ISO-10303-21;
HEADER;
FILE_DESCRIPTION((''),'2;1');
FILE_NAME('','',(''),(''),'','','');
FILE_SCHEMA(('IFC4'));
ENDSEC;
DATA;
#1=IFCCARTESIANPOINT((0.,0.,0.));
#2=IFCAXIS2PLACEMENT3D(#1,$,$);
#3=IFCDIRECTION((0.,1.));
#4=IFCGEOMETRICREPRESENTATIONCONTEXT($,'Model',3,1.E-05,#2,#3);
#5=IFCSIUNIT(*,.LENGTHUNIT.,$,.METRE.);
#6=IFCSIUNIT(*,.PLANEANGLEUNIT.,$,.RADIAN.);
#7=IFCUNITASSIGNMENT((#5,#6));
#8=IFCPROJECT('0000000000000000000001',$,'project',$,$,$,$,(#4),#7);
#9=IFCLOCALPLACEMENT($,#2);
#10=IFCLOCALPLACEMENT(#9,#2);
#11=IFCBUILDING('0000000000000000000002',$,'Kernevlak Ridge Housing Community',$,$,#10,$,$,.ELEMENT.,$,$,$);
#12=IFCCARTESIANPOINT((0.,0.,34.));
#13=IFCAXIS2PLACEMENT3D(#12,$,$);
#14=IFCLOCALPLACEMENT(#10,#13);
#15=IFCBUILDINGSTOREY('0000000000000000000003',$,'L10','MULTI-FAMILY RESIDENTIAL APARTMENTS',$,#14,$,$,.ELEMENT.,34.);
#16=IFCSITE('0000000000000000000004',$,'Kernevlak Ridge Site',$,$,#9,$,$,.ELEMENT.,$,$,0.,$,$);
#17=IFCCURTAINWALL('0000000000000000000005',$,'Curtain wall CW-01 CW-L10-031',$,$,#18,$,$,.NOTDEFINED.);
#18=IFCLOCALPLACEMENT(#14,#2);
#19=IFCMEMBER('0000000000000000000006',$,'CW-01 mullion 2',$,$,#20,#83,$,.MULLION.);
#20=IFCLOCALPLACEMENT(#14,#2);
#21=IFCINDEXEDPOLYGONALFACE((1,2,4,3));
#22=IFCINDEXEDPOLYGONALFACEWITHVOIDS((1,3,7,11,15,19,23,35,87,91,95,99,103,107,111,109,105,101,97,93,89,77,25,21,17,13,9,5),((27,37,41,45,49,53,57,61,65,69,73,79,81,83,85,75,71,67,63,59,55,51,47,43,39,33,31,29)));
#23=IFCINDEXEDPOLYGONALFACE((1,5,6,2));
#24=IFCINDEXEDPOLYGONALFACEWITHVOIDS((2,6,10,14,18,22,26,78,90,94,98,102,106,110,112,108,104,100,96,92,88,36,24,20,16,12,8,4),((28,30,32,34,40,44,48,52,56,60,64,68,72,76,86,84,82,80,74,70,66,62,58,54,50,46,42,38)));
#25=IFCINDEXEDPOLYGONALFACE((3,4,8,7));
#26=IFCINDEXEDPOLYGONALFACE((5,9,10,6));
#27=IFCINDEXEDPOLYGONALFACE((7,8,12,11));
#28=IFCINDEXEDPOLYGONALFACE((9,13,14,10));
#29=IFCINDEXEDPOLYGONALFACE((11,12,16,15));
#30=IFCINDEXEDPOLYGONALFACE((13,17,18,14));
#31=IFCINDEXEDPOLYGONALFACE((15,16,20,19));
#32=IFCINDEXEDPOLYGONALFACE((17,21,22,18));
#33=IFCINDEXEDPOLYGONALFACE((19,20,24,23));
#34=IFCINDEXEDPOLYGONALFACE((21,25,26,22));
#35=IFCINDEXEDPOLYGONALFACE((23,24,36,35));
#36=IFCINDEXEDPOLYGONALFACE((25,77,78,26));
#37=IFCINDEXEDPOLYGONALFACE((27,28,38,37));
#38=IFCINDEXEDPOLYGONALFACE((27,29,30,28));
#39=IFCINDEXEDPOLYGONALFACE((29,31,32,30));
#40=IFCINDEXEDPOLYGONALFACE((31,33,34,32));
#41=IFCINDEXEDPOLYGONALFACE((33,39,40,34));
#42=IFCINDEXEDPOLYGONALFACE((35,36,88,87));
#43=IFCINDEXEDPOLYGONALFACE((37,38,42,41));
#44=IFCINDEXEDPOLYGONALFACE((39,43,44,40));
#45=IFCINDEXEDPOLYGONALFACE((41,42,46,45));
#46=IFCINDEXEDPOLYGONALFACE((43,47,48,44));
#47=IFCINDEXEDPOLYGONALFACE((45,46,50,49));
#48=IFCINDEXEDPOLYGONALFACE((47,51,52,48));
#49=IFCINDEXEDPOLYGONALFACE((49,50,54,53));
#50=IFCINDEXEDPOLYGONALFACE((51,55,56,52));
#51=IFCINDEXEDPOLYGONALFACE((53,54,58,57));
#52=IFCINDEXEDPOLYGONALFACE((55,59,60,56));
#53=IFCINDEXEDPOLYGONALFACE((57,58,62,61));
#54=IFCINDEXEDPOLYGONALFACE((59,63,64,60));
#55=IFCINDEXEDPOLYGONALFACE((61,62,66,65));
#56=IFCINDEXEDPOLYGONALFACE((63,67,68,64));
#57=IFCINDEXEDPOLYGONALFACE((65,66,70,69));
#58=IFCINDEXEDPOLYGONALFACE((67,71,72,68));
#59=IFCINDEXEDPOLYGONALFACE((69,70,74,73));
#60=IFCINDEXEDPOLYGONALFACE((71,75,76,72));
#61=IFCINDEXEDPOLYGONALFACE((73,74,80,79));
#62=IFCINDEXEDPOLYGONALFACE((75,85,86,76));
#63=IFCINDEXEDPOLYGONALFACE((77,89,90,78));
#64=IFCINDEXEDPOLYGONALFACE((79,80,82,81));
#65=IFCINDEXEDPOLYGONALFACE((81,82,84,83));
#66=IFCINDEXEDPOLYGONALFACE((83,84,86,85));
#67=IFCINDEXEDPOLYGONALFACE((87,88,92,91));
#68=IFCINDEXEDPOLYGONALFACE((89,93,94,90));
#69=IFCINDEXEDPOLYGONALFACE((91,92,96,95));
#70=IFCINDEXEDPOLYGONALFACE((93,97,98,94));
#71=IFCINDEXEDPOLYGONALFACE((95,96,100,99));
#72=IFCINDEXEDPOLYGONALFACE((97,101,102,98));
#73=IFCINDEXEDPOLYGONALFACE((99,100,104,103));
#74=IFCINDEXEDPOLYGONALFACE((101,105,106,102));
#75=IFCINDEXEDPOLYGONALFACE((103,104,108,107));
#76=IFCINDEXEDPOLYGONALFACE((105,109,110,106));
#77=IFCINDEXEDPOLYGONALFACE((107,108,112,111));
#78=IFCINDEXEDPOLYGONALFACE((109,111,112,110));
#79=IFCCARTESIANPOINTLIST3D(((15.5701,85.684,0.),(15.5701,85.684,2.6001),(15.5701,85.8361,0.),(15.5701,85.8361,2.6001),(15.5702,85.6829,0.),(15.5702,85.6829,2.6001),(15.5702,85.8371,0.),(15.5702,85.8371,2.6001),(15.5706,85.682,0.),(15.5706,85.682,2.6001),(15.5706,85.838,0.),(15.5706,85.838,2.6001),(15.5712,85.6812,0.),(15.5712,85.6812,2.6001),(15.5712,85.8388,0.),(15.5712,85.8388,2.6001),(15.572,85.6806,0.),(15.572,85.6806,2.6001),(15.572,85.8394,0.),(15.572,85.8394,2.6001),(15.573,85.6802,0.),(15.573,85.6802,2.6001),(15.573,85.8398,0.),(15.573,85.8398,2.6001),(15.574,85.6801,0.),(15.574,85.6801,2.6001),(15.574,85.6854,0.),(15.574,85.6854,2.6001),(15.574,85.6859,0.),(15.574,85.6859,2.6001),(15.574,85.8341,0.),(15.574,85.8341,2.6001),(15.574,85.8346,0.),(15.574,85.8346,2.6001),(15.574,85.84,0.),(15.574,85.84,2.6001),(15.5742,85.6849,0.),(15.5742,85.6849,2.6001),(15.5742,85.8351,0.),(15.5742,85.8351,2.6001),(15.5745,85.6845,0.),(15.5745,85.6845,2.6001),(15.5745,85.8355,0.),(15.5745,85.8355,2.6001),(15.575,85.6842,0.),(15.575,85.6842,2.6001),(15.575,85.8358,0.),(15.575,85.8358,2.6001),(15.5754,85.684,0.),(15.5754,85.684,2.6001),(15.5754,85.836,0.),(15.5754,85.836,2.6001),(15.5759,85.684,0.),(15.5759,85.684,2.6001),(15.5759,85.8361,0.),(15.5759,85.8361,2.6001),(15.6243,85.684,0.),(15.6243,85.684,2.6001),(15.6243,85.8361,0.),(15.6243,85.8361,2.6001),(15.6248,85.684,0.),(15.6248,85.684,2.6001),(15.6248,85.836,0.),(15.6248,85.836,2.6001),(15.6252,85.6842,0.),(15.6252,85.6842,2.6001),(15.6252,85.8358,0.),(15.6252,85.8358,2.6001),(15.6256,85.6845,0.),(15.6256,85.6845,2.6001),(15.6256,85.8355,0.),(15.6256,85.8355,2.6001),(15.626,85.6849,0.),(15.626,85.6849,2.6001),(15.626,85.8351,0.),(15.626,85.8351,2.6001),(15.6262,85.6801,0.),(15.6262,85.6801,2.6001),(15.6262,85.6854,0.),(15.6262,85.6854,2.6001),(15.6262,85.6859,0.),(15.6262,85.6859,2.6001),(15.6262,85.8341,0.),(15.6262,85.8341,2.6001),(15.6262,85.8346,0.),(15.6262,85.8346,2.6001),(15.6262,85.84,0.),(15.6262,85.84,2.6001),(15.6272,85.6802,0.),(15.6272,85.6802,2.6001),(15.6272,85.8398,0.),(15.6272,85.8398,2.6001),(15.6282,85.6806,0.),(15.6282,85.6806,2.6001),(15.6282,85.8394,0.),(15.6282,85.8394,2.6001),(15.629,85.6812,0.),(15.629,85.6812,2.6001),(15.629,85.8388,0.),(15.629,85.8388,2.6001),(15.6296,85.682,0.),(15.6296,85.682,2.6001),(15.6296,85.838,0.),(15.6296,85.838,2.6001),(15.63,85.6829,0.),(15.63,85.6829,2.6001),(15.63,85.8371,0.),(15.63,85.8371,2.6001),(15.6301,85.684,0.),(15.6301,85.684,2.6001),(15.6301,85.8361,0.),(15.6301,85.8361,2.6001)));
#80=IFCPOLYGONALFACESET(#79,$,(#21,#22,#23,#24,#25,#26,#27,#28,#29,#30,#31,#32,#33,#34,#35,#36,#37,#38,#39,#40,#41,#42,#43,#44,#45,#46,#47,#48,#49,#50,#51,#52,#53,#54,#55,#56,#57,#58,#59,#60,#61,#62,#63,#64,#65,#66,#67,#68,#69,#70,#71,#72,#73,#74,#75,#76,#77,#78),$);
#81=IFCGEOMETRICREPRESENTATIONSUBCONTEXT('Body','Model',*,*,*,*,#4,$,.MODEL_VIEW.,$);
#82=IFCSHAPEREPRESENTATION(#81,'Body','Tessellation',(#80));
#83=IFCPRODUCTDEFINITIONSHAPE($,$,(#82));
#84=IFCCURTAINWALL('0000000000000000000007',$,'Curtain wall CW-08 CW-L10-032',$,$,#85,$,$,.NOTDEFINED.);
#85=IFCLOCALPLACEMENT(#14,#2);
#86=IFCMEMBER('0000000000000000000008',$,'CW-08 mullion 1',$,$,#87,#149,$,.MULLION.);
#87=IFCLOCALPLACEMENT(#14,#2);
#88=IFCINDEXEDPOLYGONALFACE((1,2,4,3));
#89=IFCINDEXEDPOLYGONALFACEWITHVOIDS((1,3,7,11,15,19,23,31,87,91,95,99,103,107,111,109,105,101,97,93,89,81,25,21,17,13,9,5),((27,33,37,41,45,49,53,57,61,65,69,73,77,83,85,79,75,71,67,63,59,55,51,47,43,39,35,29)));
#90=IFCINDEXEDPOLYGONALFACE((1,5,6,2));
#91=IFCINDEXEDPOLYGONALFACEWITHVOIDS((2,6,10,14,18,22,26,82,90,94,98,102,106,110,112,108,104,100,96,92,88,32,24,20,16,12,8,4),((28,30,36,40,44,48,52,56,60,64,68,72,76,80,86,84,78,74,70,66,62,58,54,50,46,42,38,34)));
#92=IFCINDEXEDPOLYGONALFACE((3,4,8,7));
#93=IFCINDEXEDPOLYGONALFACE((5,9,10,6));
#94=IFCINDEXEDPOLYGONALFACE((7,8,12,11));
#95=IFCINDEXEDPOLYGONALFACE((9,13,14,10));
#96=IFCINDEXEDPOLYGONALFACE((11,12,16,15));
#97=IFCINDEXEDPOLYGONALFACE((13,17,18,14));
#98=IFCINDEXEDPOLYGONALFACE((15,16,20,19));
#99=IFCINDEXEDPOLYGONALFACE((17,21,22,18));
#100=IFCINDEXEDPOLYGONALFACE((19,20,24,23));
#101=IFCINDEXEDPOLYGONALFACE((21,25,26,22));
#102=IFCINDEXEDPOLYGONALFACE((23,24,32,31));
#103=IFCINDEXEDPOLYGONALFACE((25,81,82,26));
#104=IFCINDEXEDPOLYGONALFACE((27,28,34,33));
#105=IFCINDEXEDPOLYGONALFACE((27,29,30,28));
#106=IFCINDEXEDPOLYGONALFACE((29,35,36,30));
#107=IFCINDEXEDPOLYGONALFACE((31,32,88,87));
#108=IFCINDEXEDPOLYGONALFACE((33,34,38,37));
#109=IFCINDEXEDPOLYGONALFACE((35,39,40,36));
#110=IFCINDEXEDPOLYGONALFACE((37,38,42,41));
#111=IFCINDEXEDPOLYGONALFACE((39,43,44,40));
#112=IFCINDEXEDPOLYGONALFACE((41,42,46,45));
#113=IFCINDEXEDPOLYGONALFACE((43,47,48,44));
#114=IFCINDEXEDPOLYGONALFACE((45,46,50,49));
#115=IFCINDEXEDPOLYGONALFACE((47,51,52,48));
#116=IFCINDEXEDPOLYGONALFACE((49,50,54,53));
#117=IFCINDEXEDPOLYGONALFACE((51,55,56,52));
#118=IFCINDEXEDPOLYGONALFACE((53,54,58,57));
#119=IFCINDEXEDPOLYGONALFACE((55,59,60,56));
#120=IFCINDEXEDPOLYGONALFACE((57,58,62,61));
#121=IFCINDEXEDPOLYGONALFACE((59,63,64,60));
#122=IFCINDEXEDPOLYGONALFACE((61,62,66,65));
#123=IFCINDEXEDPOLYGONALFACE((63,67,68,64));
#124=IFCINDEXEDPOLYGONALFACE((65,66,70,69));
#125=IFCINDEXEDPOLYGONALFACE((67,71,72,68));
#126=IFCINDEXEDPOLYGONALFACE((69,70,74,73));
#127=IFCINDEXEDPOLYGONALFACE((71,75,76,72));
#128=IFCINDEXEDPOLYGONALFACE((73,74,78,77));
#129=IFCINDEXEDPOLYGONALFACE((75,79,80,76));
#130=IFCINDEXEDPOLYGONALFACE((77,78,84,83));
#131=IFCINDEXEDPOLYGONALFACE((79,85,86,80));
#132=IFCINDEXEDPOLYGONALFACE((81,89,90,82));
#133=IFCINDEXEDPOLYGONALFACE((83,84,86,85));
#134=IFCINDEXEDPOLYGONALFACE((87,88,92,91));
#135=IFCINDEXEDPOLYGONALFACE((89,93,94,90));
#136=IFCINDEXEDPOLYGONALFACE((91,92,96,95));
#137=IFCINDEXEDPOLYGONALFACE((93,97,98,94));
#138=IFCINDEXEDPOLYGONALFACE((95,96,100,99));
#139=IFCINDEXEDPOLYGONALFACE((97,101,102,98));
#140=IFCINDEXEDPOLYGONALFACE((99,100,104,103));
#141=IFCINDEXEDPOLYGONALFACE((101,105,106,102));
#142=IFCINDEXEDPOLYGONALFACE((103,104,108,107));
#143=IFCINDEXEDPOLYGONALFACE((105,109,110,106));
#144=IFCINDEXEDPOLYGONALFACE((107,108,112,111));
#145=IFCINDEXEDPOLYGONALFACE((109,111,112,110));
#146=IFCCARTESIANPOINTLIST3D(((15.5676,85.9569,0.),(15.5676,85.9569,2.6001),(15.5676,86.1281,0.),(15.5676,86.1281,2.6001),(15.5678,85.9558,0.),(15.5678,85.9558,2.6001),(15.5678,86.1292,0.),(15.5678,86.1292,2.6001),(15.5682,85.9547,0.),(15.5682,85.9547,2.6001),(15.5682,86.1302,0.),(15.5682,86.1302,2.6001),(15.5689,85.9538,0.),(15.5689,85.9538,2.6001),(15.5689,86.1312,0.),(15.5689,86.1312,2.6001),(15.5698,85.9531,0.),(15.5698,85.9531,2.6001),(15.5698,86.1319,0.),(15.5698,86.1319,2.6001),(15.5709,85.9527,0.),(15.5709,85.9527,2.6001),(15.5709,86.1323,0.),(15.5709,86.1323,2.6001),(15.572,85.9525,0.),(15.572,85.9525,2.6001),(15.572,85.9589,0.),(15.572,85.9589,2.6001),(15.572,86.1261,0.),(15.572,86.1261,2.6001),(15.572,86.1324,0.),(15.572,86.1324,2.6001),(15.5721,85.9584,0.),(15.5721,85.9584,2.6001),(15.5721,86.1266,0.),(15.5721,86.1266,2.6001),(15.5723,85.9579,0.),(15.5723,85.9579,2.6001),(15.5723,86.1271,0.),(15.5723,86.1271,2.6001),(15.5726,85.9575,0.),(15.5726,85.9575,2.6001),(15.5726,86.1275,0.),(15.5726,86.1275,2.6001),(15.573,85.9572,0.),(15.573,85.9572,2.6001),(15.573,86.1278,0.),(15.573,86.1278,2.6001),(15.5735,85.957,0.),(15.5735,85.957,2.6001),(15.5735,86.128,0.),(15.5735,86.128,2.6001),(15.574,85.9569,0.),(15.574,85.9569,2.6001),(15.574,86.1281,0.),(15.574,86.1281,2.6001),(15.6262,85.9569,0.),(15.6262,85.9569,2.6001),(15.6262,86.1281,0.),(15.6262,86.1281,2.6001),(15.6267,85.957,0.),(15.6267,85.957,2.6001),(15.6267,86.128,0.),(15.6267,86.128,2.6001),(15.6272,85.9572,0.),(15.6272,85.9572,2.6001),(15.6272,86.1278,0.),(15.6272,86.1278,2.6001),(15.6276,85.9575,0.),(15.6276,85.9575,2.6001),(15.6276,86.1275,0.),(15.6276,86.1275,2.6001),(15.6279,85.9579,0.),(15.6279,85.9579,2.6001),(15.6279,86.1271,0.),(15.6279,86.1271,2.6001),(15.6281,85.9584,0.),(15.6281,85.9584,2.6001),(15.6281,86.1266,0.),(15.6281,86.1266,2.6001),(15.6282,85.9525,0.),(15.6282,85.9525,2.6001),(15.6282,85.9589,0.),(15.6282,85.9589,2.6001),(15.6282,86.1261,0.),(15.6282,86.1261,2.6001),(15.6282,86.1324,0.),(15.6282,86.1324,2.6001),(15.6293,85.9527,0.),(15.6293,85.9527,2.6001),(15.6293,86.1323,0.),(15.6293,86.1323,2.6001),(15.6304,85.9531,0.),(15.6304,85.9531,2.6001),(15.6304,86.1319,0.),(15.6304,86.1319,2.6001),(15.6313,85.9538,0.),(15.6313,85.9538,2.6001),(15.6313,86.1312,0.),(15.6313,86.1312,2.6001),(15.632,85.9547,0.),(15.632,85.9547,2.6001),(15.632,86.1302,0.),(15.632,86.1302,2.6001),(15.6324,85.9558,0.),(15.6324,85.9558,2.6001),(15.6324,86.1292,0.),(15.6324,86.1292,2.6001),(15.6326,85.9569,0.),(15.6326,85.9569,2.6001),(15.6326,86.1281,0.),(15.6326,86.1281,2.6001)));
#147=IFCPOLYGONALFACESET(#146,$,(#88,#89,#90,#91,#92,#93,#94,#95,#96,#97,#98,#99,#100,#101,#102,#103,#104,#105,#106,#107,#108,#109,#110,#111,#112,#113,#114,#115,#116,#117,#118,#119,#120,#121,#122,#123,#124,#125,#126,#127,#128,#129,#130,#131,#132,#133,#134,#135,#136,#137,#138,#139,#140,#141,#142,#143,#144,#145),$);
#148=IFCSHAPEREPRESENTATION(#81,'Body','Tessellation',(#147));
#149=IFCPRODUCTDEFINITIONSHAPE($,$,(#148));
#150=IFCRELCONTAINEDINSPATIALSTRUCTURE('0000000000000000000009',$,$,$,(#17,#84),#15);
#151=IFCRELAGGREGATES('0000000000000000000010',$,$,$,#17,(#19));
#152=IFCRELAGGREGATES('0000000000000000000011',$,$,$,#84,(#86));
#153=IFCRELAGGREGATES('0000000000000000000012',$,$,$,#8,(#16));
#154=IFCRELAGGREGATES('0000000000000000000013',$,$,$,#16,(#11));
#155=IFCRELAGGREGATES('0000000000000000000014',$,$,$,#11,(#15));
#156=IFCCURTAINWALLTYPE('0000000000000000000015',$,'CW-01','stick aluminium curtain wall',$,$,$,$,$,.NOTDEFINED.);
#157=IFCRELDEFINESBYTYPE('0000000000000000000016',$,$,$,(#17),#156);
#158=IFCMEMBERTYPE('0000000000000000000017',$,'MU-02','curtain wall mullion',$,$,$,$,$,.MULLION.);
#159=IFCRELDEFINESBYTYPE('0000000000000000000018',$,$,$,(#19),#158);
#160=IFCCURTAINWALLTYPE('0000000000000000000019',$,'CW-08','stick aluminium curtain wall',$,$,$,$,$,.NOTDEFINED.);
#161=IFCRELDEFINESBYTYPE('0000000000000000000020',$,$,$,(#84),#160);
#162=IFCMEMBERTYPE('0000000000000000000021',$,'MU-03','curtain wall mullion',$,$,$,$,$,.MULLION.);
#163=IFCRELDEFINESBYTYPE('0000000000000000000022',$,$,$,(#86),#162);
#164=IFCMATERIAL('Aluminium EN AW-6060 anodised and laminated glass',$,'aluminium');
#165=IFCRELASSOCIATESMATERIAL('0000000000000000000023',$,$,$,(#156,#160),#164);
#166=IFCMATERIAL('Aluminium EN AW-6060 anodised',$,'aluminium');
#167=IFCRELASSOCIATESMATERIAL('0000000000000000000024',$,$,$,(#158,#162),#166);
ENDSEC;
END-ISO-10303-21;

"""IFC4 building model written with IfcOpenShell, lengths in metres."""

from ifc_helpers import new_model, si_unit, direction, frame, origin, origin_2d, place, context, subcontext, project, spatial, hollow_rectangle, extrude, material, material_profile, profile_set, type_object, element, aggregate, save


model = new_model("IFC4")

# Units and contexts
model_context = context("Model", 3, precision=1e-05, world=origin(), true_north=direction((0.0, 1.0)))
body_context = subcontext(model_context, "Body", "Model", "MODEL_VIEW")
ifc_project = project(units=[si_unit("LENGTHUNIT", "METRE"), si_unit("PLANEANGLEUNIT", "RADIAN")], contexts=[model_context])

# Site, building, storey
site_placement = place(None, origin())
site = spatial("IfcSite", under=ifc_project, at=site_placement, Name="Kernevlak Ridge Site", CompositionType="ELEMENT", RefElevation=0.0)
building_placement = place(site_placement, origin())
building = spatial("IfcBuilding", under=site, at=building_placement, Name="Kernevlak Ridge Housing Community", CompositionType="ELEMENT")
storey_placement = place(building_placement, frame((0.0, 0.0, 34.0)))
storey = spatial("IfcBuildingStorey", under=building, at=storey_placement, Name="L10", Description="MULTI-FAMILY RESIDENTIAL APARTMENTS", CompositionType="ELEMENT", Elevation=34.0)

# Curtain wall, member
ifc_material_1 = material(Name="Aluminium EN AW-6060 anodised and laminated glass", Category="aluminium")
curtain_wall_type_1 = type_object("IfcCurtainWallType", Name="CW-01", Description="stick aluminium curtain wall", PredefinedType="NOTDEFINED", material=ifc_material_1)
curtain_wall_1_placement = place(storey_placement, origin())
curtain_wall_1 = element("IfcCurtainWall", 1, at=curtain_wall_1_placement, inside=storey, type_object=curtain_wall_type_1, Name="Curtain wall CW-01 CW-L10-031", PredefinedType="NOTDEFINED")
ifc_material_2 = material(Name="Aluminium EN AW-6060 anodised", Category="aluminium")
ifc_material_profile_1 = material_profile(ifc_material_2, hollow_rectangle(XDim=0.0601, YDim=0.1599, WallThickness=0.0039, InnerFilletRadius=0.002, OuterFilletRadius=0.0039, at=origin_2d()), Name="ALU 60x160x4")
ifc_profile_set_1 = profile_set([ifc_material_profile_1], Name="Aluminium EN AW-6060 anodised")
member_type_1 = type_object("IfcMemberType", Name="MU-02", Description="curtain wall mullion", PredefinedType="MULLION", material=ifc_profile_set_1)
member_1_placement = place(storey_placement, frame((15.6001, 85.76, 0.0), z_axis=(0.0, 0.0, 1.0), x_axis=(-1.0, 0.0, 0.0)))
member_1 = element("IfcMember", 2, at=member_1_placement, type_object=member_type_1, Name="CW-01 mullion 2", PredefinedType="MULLION", context=body_context, shape_type="SweptSolid", body=[
    extrude(hollow_rectangle(XDim=0.0601, YDim=0.1599, WallThickness=0.0039, InnerFilletRadius=0.002, OuterFilletRadius=0.0039, at=origin_2d()), origin(), (0.0, 0.0, 1.0), 2.6001),
])

# Curtain wall, member
curtain_wall_type_2 = type_object("IfcCurtainWallType", Name="CW-08", Description="stick aluminium curtain wall", PredefinedType="NOTDEFINED", material=ifc_material_1)
curtain_wall_2_placement = place(storey_placement, origin())
curtain_wall_2 = element("IfcCurtainWall", 3, at=curtain_wall_2_placement, inside=storey, type_object=curtain_wall_type_2, Name="Curtain wall CW-08 CW-L10-032", PredefinedType="NOTDEFINED")
ifc_material_profile_2 = material_profile(ifc_material_2, hollow_rectangle(XDim=0.0649, YDim=0.1799, WallThickness=0.0044, InnerFilletRadius=0.002, OuterFilletRadius=0.0044, at=origin_2d()), Name="ALU 65x180x4.5")
ifc_profile_set_2 = profile_set([ifc_material_profile_2], Name="Aluminium EN AW-6060 anodised")
member_type_2 = type_object("IfcMemberType", Name="MU-03", Description="curtain wall mullion", PredefinedType="MULLION", material=ifc_profile_set_2)
member_2_placement = place(storey_placement, frame((15.6001, 86.0425, 0.0), z_axis=(0.0, 0.0, 1.0), x_axis=(-1.0, 0.0, 0.0)))
member_2 = element("IfcMember", 4, at=member_2_placement, type_object=member_type_2, Name="CW-08 mullion 1", PredefinedType="MULLION", context=body_context, shape_type="SweptSolid", body=[
    extrude(hollow_rectangle(XDim=0.0649, YDim=0.1799, WallThickness=0.0044, InnerFilletRadius=0.002, OuterFilletRadius=0.0044, at=origin_2d()), origin(), (0.0, 0.0, 1.0), 2.6001),
])

aggregate(curtain_wall_1, [member_1])
aggregate(curtain_wall_2, [member_2])

save(model, "model.ifc")
